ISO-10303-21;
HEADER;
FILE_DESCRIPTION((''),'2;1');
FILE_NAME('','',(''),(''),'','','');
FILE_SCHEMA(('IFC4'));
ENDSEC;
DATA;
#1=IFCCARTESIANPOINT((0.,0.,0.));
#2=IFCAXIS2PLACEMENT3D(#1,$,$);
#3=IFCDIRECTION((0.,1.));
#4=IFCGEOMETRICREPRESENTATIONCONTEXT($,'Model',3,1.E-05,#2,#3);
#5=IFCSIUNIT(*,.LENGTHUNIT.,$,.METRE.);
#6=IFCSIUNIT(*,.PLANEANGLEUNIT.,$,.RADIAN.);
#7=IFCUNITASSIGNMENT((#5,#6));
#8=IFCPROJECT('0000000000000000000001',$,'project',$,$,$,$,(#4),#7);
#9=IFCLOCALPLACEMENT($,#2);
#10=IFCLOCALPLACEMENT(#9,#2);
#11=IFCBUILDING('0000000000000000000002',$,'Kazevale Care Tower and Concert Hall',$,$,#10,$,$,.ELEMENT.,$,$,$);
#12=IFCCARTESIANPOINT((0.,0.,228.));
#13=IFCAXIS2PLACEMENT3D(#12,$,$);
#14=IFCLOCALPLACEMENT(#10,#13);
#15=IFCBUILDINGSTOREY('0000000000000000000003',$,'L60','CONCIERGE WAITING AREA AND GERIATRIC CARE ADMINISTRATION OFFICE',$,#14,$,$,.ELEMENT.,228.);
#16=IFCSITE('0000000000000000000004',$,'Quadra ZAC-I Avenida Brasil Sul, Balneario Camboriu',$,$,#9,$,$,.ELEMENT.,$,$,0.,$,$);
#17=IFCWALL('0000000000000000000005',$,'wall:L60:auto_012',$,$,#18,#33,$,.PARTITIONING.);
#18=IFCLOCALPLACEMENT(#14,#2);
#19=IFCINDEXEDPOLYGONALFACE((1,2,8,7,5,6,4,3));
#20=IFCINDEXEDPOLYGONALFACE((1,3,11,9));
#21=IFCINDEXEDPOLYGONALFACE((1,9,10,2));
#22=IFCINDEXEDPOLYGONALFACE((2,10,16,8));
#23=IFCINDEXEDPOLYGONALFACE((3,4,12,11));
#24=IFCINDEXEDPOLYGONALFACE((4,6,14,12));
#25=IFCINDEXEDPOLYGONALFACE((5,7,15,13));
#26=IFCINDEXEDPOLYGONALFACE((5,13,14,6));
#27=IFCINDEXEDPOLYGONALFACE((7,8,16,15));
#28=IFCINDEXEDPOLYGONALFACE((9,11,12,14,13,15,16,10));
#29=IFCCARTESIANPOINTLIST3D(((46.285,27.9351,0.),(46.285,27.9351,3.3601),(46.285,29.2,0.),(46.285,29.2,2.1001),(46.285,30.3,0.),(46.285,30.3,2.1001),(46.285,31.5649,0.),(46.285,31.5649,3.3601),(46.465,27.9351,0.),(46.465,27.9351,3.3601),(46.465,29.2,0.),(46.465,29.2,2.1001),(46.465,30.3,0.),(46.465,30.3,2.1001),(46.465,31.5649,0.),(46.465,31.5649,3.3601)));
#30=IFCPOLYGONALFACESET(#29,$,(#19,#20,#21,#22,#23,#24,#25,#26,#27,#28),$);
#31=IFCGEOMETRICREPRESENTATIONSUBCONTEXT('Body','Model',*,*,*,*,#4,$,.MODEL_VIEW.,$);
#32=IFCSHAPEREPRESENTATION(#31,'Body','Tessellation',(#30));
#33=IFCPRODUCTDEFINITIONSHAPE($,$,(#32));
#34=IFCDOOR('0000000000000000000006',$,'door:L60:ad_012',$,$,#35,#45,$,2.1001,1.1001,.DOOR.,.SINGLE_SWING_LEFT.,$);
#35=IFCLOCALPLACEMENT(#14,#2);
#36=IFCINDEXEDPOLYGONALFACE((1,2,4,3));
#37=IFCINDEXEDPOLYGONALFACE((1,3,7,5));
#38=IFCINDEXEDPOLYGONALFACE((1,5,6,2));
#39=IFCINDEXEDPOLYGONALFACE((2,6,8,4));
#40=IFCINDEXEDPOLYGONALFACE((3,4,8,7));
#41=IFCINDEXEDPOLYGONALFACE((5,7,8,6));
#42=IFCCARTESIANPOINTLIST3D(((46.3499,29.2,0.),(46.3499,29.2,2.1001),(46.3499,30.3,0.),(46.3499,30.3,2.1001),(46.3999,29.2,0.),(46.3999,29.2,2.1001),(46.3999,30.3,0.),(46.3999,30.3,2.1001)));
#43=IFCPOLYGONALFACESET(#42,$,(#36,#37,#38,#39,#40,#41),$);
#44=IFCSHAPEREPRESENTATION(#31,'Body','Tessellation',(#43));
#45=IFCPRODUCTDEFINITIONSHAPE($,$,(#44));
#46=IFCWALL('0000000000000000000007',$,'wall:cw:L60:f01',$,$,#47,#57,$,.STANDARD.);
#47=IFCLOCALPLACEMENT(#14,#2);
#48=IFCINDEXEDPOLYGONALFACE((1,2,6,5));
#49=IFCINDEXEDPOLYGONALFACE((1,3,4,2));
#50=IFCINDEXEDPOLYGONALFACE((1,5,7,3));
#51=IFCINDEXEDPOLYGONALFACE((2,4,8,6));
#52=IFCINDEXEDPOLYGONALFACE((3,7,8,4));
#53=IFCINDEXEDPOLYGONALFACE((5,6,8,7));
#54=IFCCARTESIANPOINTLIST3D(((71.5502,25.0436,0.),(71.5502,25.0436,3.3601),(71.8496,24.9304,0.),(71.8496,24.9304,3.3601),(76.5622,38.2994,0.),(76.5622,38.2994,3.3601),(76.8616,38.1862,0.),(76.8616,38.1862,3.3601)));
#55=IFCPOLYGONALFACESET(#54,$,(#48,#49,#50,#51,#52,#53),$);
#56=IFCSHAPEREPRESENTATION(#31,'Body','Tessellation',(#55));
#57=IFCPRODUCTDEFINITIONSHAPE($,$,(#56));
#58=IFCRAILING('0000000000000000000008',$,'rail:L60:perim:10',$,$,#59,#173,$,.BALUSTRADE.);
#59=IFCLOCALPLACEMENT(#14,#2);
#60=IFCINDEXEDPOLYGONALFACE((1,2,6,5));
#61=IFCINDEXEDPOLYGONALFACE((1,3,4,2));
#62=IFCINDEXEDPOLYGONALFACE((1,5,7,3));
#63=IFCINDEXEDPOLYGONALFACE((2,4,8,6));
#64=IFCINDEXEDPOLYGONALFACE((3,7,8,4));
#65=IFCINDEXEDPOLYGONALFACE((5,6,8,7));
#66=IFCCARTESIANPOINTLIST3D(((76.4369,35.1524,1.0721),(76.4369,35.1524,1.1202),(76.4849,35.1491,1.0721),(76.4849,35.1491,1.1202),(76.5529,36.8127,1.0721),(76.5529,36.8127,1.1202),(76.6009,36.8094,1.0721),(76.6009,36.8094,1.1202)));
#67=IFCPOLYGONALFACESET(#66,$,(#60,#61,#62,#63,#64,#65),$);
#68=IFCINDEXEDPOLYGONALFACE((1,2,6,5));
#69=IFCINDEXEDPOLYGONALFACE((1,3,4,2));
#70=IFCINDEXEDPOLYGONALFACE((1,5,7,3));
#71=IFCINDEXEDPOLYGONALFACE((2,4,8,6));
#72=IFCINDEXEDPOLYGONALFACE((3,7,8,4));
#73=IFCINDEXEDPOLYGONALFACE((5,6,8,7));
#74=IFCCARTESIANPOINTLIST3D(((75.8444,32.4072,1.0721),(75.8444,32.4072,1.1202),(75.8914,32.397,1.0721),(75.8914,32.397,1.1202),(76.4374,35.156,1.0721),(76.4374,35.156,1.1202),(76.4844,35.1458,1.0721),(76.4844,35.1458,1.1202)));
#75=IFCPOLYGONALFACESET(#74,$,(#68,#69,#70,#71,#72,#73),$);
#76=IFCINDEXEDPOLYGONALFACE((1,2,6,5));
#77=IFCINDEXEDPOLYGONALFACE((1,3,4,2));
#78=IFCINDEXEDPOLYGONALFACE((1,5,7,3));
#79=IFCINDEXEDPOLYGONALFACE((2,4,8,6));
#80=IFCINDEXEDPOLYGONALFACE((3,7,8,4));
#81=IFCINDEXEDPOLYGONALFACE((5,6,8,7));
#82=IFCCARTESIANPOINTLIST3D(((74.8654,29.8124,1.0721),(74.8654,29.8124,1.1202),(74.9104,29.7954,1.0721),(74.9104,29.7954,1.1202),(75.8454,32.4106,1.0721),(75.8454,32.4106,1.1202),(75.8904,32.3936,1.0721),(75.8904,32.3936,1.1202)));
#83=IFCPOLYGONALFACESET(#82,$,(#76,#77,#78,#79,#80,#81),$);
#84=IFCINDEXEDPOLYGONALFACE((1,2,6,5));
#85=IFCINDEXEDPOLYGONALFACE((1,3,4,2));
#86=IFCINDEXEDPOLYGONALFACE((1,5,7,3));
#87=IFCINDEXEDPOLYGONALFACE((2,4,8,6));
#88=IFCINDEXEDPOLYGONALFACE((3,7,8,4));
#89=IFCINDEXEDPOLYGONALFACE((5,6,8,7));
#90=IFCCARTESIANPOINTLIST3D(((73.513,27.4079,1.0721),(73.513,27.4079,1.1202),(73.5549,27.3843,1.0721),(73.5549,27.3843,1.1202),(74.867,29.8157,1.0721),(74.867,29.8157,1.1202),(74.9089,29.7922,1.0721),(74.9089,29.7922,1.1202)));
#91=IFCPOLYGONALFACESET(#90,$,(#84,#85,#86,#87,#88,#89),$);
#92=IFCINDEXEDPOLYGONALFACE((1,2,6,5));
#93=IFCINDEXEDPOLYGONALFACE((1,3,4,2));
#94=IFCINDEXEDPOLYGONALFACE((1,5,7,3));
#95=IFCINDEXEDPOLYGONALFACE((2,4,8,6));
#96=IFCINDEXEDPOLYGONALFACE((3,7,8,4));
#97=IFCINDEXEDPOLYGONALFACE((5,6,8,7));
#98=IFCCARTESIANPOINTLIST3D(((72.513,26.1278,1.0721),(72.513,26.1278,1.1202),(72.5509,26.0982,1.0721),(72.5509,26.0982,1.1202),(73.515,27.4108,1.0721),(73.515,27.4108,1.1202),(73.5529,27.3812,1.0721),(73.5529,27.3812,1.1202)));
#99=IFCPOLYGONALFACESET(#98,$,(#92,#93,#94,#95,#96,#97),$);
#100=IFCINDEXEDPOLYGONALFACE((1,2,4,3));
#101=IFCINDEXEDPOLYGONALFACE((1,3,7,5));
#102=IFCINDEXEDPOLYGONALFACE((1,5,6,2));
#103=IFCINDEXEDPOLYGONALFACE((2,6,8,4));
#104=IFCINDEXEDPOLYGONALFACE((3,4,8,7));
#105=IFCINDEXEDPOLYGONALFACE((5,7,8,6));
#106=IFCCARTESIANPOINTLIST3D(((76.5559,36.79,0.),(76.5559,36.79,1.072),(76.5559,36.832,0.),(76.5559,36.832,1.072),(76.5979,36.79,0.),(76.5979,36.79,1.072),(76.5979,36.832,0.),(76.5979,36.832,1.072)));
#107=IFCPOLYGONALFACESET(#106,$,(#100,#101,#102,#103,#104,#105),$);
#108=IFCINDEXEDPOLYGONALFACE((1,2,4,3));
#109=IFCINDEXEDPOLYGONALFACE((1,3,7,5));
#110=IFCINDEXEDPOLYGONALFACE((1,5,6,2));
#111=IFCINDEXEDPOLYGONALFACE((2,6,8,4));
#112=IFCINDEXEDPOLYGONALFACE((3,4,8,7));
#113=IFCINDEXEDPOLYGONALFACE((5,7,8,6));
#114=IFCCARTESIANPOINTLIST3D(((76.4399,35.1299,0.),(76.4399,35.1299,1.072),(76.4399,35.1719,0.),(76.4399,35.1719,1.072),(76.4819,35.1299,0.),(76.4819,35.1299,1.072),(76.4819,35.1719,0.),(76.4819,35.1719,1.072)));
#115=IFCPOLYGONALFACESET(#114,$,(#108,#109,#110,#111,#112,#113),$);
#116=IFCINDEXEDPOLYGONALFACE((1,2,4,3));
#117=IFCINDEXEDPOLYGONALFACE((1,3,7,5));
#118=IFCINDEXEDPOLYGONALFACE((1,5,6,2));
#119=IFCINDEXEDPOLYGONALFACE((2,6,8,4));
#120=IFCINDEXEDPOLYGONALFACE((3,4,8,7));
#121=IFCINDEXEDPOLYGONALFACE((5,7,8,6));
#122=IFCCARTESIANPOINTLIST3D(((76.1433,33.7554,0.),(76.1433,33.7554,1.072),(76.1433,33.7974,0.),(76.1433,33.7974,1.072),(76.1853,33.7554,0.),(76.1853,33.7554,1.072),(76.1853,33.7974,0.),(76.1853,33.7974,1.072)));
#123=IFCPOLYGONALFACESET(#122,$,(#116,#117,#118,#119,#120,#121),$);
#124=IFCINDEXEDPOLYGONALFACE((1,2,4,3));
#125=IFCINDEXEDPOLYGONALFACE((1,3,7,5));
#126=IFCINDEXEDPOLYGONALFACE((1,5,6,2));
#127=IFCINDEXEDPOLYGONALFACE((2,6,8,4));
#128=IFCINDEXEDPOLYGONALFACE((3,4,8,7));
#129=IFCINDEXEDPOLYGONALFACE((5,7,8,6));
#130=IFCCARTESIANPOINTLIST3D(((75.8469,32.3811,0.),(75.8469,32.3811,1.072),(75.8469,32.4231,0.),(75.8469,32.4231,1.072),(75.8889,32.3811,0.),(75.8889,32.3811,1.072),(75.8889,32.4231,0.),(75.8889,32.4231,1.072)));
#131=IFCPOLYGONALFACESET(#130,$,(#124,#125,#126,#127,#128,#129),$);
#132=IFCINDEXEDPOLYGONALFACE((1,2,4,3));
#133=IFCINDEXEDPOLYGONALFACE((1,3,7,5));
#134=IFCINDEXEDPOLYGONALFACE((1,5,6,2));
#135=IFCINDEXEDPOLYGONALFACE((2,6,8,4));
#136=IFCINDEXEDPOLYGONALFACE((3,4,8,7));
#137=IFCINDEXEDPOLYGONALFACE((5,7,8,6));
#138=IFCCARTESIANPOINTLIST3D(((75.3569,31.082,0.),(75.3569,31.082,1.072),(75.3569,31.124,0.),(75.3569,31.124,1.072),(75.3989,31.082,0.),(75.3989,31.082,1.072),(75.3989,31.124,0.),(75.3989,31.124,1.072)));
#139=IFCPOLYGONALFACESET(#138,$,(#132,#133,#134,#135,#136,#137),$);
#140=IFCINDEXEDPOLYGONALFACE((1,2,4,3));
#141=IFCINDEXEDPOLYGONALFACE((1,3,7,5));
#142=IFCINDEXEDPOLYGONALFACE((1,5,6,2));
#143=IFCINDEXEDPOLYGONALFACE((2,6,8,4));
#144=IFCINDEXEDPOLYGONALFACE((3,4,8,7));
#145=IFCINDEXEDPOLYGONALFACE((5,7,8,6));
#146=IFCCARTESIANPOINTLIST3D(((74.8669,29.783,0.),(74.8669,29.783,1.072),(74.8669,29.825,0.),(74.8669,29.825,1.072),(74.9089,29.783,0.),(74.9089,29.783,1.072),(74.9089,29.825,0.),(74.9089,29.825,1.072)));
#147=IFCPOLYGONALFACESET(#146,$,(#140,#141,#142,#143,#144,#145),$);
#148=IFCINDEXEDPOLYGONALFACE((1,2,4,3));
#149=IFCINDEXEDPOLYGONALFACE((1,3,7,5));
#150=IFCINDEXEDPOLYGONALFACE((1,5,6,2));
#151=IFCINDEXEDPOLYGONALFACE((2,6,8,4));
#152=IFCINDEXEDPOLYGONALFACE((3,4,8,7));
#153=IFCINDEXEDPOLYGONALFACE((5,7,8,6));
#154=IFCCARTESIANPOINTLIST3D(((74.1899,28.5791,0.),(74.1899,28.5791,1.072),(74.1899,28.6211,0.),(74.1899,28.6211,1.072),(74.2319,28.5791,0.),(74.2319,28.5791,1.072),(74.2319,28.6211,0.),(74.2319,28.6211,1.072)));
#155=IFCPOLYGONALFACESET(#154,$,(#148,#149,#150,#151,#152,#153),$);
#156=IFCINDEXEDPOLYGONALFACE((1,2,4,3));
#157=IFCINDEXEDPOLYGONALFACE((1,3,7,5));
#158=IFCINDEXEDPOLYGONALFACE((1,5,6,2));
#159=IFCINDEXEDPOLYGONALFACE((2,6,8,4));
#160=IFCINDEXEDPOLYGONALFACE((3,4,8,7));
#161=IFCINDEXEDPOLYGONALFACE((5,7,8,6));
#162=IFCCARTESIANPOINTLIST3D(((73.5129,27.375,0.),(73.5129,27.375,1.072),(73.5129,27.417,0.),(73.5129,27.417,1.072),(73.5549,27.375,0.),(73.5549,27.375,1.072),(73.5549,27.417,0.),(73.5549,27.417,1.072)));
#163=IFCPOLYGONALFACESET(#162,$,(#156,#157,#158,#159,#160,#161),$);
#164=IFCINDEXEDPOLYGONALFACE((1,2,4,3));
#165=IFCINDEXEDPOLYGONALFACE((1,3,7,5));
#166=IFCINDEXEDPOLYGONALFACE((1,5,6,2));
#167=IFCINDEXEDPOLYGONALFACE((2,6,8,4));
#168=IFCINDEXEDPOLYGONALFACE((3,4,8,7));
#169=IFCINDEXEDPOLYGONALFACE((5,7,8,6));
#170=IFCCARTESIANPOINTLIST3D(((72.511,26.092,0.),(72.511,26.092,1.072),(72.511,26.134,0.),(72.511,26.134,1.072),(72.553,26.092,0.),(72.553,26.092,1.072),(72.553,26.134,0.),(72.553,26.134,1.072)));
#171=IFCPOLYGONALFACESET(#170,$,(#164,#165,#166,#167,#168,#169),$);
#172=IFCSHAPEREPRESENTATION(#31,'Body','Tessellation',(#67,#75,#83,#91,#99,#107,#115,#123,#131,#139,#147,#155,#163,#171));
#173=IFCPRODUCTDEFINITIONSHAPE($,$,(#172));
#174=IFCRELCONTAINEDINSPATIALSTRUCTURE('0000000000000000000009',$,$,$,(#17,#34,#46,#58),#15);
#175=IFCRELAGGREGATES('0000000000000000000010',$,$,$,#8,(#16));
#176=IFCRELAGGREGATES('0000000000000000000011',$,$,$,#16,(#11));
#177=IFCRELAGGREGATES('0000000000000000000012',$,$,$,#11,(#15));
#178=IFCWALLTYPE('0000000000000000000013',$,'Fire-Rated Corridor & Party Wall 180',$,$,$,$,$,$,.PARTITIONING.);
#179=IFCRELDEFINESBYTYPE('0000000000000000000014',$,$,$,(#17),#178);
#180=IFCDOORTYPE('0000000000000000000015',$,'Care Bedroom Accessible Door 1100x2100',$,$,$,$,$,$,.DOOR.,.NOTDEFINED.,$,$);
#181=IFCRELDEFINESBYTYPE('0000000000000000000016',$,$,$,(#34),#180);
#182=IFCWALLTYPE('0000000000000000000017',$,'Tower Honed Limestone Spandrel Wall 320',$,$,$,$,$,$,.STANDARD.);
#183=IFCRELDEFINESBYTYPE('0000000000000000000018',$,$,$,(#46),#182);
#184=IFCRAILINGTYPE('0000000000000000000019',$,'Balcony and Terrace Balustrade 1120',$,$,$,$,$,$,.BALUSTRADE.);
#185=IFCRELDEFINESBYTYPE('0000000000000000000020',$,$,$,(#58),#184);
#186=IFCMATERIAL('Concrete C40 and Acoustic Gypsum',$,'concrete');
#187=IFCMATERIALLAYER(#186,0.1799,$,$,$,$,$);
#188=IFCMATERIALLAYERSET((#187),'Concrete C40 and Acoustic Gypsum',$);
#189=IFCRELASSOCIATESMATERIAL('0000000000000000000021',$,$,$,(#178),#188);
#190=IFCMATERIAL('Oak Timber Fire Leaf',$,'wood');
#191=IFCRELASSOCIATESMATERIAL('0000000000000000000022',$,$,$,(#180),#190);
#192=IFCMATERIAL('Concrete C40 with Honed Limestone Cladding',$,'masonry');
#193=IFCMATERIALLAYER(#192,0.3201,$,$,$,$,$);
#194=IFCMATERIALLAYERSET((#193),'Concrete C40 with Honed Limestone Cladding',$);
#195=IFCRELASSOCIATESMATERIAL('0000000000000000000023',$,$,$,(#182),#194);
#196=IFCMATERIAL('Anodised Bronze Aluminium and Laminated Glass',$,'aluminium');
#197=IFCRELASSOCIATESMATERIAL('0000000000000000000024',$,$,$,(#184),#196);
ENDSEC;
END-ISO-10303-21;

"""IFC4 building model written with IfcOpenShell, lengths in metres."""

from ifc_helpers import new_model, si_unit, direction, frame, frame_2d, origin, origin_2d, place, context, subcontext, project, spatial, rectangle, extrude, material, layer, layer_set, type_object, element, fill, save


model = new_model("IFC4")

# Units and contexts
model_context = context("Model", 3, precision=1e-05, world=origin(), true_north=direction((0.0, 1.0)))
body_context = subcontext(model_context, "Body", "Model", "MODEL_VIEW")
ifc_project = project(units=[si_unit("LENGTHUNIT", "METRE"), si_unit("PLANEANGLEUNIT", "RADIAN")], contexts=[model_context])

# Site, building, storey
site_placement = place(None, origin())
site = spatial("IfcSite", under=ifc_project, at=site_placement, Name="Quadra ZAC-I Avenida Brasil Sul, Balneario Camboriu", CompositionType="ELEMENT", RefElevation=0.0)
building_placement = place(site_placement, origin())
building = spatial("IfcBuilding", under=site, at=building_placement, Name="Kazevale Care Tower and Concert Hall", CompositionType="ELEMENT")
storey_placement = place(building_placement, frame((0.0, 0.0, 228.0)))
storey = spatial("IfcBuildingStorey", under=building, at=storey_placement, Name="L60", Description="CONCIERGE WAITING AREA AND GERIATRIC CARE ADMINISTRATION OFFICE", CompositionType="ELEMENT", Elevation=228.0)

# Wall, opening, door
ifc_material_1 = material(Name="Concrete C40 and Acoustic Gypsum", Category="concrete")
ifc_layer_1 = layer(ifc_material_1, 0.1799)
ifc_layer_set_1 = layer_set([ifc_layer_1], Name="Concrete C40 and Acoustic Gypsum")
wall_type_1 = type_object("IfcWallType", Name="Fire-Rated Corridor & Party Wall 180", PredefinedType="PARTITIONING", material=ifc_layer_set_1)
ifc_material_2 = material(Name="Oak Timber Fire Leaf", Category="wood")
door_type = type_object("IfcDoorType", Name="Care Bedroom Accessible Door 1100x2100", OperationType="NOTDEFINED", PredefinedType="DOOR", material=ifc_material_2)
wall_1_placement = place(storey_placement, frame((46.375, 31.5649, 0.0), z_axis=(0.0, 0.0, 1.0), x_axis=(0.0, -1.0, 0.0)))
wall_1 = element("IfcWall", 1, at=wall_1_placement, inside=storey, type_object=wall_type_1, Name="wall:L60:auto_012", PredefinedType="PARTITIONING", context=body_context, shape_type="SweptSolid", body=[
    extrude(rectangle(XDim=3.6299, YDim=0.1799, at=frame_2d((1.8149, 0.0))), origin(), (0.0, 0.0, 1.0), 3.3601),
])
opening_1_placement = place(wall_1_placement, frame((1.2649, 0.0, 0.0)))
opening_1 = element("IfcOpeningElement", 2, at=opening_1_placement, cuts=wall_1, PredefinedType="OPENING", context=body_context, shape_type="SweptSolid", body=[
    extrude(rectangle(XDim=1.1001, YDim=2.1001, at=frame_2d((0.55, 1.05))), frame((0.0, 0.0999, 0.0), z_axis=(0.0, -1.0, 0.0), x_axis=(1.0, 0.0, 0.0)), (0.0, 0.0, 1.0), 0.2),
])
door_1_placement = place(opening_1_placement, origin())
door_1 = element("IfcDoor", 3, at=door_1_placement, inside=storey, type_object=door_type, Name="door:L60:ad_012", OperationType="SINGLE_SWING_LEFT", OverallHeight=2.1001, OverallWidth=1.1001, PredefinedType="DOOR", context=body_context, shape_type="SweptSolid", body=[
    extrude(rectangle(XDim=1.1001, YDim=2.1001, at=frame_2d((0.55, 1.05))), frame((0.0, 0.0249, 0.0), z_axis=(0.0, -1.0, 0.0), x_axis=(1.0, 0.0, 0.0)), (0.0, 0.0, 1.0), 0.05),
])
fill(opening_1, door_1)

# Wall
ifc_material_3 = material(Name="Concrete C40 with Honed Limestone Cladding", Category="masonry")
ifc_layer_2 = layer(ifc_material_3, 0.3201)
ifc_layer_set_2 = layer_set([ifc_layer_2], Name="Concrete C40 with Honed Limestone Cladding")
wall_type_2 = type_object("IfcWallType", Name="Tower Honed Limestone Spandrel Wall 320", PredefinedType="STANDARD", material=ifc_layer_set_2)
wall_2_placement = place(storey_placement, frame((76.7119, 38.2429, 0.0), z_axis=(0.0, 0.0, 1.0), x_axis=(-0.35366, -0.935374, 0.0)))
element("IfcWall", 4, at=wall_2_placement, inside=storey, type_object=wall_type_2, Name="wall:cw:L60:f01", PredefinedType="STANDARD", context=body_context, shape_type="SweptSolid", body=[
    extrude(rectangle(XDim=14.1716, YDim=0.3201, at=frame_2d((7.0859, 0.0))), origin(), (0.0, 0.0, 1.0), 3.3601),
])

# Railing
ifc_material_4 = material(Name="Anodised Bronze Aluminium and Laminated Glass", Category="aluminium")
railing_type = type_object("IfcRailingType", Name="Balcony and Terrace Balustrade 1120", PredefinedType="BALUSTRADE", material=ifc_material_4)
railing_1_placement = place(storey_placement, frame((76.5769, 36.811, 0.0)))
element("IfcRailing", 5, at=railing_1_placement, inside=storey, type_object=railing_type, Name="rail:L60:perim:10", PredefinedType="BALUSTRADE", context=body_context, shape_type="SweptSolid", body=[
    extrude(rectangle(XDim=0.0481, YDim=0.0481, at=origin_2d()), frame((0.0, 0.0, 1.0962), z_axis=(-0.069683, -0.997569, 0.0), x_axis=(0.997569, -0.069683, 0.0)), (0.0, 0.0, 1.0), 1.6643),
    extrude(rectangle(XDim=0.0481, YDim=0.0481, at=origin_2d()), frame((-0.116, -1.6602, 1.0962), z_axis=(-0.210887, -0.977511, 0.0), x_axis=(0.977511, -0.210887, 0.0)), (0.0, 0.0, 1.0), 2.812),
    extrude(rectangle(XDim=0.0481, YDim=0.0481, at=origin_2d()), frame((-0.709, -4.4089, 1.0962), z_axis=(-0.352915, -0.935655, 0.0), x_axis=(0.935655, -0.352915, 0.0)), (0.0, 0.0, 1.0), 2.7769),
    extrude(rectangle(XDim=0.0481, YDim=0.0481, at=origin_2d()), frame((-1.689, -7.0071, 1.0962), z_axis=(-0.490131, -0.871649, 0.0), x_axis=(0.871649, -0.490131, 0.0)), (0.0, 0.0, 1.0), 2.7625),
    extrude(rectangle(XDim=0.0481, YDim=0.0481, at=origin_2d()), frame((-3.043, -9.415, 1.0962), z_axis=(-0.615507, -0.788131, 0.0), x_axis=(0.788131, -0.615507, 0.0)), (0.0, 0.0, 1.0), 1.6279),
    extrude(rectangle(XDim=0.042, YDim=0.042, at=origin_2d()), origin(), (0.0, 0.0, 1.0), 1.072),
    extrude(rectangle(XDim=0.042, YDim=0.042, at=origin_2d()), frame((-0.116, -1.6602, 0.0)), (0.0, 0.0, 1.0), 1.072),
    extrude(rectangle(XDim=0.042, YDim=0.042, at=origin_2d()), frame((-0.4126, -3.0347, 0.0)), (0.0, 0.0, 1.0), 1.072),
    extrude(rectangle(XDim=0.042, YDim=0.042, at=origin_2d()), frame((-0.709, -4.4089, 0.0)), (0.0, 0.0, 1.0), 1.072),
    extrude(rectangle(XDim=0.042, YDim=0.042, at=origin_2d()), frame((-1.199, -5.708, 0.0)), (0.0, 0.0, 1.0), 1.072),
    extrude(rectangle(XDim=0.042, YDim=0.042, at=origin_2d()), frame((-1.689, -7.0071, 0.0)), (0.0, 0.0, 1.0), 1.072),
    extrude(rectangle(XDim=0.042, YDim=0.042, at=origin_2d()), frame((-2.366, -8.2109, 0.0)), (0.0, 0.0, 1.0), 1.072),
    extrude(rectangle(XDim=0.042, YDim=0.042, at=origin_2d()), frame((-3.043, -9.415, 0.0)), (0.0, 0.0, 1.0), 1.072),
    extrude(rectangle(XDim=0.042, YDim=0.042, at=origin_2d()), frame((-4.0449, -10.698, 0.0)), (0.0, 0.0, 1.0), 1.072),
])

save(model, "model.ifc")
